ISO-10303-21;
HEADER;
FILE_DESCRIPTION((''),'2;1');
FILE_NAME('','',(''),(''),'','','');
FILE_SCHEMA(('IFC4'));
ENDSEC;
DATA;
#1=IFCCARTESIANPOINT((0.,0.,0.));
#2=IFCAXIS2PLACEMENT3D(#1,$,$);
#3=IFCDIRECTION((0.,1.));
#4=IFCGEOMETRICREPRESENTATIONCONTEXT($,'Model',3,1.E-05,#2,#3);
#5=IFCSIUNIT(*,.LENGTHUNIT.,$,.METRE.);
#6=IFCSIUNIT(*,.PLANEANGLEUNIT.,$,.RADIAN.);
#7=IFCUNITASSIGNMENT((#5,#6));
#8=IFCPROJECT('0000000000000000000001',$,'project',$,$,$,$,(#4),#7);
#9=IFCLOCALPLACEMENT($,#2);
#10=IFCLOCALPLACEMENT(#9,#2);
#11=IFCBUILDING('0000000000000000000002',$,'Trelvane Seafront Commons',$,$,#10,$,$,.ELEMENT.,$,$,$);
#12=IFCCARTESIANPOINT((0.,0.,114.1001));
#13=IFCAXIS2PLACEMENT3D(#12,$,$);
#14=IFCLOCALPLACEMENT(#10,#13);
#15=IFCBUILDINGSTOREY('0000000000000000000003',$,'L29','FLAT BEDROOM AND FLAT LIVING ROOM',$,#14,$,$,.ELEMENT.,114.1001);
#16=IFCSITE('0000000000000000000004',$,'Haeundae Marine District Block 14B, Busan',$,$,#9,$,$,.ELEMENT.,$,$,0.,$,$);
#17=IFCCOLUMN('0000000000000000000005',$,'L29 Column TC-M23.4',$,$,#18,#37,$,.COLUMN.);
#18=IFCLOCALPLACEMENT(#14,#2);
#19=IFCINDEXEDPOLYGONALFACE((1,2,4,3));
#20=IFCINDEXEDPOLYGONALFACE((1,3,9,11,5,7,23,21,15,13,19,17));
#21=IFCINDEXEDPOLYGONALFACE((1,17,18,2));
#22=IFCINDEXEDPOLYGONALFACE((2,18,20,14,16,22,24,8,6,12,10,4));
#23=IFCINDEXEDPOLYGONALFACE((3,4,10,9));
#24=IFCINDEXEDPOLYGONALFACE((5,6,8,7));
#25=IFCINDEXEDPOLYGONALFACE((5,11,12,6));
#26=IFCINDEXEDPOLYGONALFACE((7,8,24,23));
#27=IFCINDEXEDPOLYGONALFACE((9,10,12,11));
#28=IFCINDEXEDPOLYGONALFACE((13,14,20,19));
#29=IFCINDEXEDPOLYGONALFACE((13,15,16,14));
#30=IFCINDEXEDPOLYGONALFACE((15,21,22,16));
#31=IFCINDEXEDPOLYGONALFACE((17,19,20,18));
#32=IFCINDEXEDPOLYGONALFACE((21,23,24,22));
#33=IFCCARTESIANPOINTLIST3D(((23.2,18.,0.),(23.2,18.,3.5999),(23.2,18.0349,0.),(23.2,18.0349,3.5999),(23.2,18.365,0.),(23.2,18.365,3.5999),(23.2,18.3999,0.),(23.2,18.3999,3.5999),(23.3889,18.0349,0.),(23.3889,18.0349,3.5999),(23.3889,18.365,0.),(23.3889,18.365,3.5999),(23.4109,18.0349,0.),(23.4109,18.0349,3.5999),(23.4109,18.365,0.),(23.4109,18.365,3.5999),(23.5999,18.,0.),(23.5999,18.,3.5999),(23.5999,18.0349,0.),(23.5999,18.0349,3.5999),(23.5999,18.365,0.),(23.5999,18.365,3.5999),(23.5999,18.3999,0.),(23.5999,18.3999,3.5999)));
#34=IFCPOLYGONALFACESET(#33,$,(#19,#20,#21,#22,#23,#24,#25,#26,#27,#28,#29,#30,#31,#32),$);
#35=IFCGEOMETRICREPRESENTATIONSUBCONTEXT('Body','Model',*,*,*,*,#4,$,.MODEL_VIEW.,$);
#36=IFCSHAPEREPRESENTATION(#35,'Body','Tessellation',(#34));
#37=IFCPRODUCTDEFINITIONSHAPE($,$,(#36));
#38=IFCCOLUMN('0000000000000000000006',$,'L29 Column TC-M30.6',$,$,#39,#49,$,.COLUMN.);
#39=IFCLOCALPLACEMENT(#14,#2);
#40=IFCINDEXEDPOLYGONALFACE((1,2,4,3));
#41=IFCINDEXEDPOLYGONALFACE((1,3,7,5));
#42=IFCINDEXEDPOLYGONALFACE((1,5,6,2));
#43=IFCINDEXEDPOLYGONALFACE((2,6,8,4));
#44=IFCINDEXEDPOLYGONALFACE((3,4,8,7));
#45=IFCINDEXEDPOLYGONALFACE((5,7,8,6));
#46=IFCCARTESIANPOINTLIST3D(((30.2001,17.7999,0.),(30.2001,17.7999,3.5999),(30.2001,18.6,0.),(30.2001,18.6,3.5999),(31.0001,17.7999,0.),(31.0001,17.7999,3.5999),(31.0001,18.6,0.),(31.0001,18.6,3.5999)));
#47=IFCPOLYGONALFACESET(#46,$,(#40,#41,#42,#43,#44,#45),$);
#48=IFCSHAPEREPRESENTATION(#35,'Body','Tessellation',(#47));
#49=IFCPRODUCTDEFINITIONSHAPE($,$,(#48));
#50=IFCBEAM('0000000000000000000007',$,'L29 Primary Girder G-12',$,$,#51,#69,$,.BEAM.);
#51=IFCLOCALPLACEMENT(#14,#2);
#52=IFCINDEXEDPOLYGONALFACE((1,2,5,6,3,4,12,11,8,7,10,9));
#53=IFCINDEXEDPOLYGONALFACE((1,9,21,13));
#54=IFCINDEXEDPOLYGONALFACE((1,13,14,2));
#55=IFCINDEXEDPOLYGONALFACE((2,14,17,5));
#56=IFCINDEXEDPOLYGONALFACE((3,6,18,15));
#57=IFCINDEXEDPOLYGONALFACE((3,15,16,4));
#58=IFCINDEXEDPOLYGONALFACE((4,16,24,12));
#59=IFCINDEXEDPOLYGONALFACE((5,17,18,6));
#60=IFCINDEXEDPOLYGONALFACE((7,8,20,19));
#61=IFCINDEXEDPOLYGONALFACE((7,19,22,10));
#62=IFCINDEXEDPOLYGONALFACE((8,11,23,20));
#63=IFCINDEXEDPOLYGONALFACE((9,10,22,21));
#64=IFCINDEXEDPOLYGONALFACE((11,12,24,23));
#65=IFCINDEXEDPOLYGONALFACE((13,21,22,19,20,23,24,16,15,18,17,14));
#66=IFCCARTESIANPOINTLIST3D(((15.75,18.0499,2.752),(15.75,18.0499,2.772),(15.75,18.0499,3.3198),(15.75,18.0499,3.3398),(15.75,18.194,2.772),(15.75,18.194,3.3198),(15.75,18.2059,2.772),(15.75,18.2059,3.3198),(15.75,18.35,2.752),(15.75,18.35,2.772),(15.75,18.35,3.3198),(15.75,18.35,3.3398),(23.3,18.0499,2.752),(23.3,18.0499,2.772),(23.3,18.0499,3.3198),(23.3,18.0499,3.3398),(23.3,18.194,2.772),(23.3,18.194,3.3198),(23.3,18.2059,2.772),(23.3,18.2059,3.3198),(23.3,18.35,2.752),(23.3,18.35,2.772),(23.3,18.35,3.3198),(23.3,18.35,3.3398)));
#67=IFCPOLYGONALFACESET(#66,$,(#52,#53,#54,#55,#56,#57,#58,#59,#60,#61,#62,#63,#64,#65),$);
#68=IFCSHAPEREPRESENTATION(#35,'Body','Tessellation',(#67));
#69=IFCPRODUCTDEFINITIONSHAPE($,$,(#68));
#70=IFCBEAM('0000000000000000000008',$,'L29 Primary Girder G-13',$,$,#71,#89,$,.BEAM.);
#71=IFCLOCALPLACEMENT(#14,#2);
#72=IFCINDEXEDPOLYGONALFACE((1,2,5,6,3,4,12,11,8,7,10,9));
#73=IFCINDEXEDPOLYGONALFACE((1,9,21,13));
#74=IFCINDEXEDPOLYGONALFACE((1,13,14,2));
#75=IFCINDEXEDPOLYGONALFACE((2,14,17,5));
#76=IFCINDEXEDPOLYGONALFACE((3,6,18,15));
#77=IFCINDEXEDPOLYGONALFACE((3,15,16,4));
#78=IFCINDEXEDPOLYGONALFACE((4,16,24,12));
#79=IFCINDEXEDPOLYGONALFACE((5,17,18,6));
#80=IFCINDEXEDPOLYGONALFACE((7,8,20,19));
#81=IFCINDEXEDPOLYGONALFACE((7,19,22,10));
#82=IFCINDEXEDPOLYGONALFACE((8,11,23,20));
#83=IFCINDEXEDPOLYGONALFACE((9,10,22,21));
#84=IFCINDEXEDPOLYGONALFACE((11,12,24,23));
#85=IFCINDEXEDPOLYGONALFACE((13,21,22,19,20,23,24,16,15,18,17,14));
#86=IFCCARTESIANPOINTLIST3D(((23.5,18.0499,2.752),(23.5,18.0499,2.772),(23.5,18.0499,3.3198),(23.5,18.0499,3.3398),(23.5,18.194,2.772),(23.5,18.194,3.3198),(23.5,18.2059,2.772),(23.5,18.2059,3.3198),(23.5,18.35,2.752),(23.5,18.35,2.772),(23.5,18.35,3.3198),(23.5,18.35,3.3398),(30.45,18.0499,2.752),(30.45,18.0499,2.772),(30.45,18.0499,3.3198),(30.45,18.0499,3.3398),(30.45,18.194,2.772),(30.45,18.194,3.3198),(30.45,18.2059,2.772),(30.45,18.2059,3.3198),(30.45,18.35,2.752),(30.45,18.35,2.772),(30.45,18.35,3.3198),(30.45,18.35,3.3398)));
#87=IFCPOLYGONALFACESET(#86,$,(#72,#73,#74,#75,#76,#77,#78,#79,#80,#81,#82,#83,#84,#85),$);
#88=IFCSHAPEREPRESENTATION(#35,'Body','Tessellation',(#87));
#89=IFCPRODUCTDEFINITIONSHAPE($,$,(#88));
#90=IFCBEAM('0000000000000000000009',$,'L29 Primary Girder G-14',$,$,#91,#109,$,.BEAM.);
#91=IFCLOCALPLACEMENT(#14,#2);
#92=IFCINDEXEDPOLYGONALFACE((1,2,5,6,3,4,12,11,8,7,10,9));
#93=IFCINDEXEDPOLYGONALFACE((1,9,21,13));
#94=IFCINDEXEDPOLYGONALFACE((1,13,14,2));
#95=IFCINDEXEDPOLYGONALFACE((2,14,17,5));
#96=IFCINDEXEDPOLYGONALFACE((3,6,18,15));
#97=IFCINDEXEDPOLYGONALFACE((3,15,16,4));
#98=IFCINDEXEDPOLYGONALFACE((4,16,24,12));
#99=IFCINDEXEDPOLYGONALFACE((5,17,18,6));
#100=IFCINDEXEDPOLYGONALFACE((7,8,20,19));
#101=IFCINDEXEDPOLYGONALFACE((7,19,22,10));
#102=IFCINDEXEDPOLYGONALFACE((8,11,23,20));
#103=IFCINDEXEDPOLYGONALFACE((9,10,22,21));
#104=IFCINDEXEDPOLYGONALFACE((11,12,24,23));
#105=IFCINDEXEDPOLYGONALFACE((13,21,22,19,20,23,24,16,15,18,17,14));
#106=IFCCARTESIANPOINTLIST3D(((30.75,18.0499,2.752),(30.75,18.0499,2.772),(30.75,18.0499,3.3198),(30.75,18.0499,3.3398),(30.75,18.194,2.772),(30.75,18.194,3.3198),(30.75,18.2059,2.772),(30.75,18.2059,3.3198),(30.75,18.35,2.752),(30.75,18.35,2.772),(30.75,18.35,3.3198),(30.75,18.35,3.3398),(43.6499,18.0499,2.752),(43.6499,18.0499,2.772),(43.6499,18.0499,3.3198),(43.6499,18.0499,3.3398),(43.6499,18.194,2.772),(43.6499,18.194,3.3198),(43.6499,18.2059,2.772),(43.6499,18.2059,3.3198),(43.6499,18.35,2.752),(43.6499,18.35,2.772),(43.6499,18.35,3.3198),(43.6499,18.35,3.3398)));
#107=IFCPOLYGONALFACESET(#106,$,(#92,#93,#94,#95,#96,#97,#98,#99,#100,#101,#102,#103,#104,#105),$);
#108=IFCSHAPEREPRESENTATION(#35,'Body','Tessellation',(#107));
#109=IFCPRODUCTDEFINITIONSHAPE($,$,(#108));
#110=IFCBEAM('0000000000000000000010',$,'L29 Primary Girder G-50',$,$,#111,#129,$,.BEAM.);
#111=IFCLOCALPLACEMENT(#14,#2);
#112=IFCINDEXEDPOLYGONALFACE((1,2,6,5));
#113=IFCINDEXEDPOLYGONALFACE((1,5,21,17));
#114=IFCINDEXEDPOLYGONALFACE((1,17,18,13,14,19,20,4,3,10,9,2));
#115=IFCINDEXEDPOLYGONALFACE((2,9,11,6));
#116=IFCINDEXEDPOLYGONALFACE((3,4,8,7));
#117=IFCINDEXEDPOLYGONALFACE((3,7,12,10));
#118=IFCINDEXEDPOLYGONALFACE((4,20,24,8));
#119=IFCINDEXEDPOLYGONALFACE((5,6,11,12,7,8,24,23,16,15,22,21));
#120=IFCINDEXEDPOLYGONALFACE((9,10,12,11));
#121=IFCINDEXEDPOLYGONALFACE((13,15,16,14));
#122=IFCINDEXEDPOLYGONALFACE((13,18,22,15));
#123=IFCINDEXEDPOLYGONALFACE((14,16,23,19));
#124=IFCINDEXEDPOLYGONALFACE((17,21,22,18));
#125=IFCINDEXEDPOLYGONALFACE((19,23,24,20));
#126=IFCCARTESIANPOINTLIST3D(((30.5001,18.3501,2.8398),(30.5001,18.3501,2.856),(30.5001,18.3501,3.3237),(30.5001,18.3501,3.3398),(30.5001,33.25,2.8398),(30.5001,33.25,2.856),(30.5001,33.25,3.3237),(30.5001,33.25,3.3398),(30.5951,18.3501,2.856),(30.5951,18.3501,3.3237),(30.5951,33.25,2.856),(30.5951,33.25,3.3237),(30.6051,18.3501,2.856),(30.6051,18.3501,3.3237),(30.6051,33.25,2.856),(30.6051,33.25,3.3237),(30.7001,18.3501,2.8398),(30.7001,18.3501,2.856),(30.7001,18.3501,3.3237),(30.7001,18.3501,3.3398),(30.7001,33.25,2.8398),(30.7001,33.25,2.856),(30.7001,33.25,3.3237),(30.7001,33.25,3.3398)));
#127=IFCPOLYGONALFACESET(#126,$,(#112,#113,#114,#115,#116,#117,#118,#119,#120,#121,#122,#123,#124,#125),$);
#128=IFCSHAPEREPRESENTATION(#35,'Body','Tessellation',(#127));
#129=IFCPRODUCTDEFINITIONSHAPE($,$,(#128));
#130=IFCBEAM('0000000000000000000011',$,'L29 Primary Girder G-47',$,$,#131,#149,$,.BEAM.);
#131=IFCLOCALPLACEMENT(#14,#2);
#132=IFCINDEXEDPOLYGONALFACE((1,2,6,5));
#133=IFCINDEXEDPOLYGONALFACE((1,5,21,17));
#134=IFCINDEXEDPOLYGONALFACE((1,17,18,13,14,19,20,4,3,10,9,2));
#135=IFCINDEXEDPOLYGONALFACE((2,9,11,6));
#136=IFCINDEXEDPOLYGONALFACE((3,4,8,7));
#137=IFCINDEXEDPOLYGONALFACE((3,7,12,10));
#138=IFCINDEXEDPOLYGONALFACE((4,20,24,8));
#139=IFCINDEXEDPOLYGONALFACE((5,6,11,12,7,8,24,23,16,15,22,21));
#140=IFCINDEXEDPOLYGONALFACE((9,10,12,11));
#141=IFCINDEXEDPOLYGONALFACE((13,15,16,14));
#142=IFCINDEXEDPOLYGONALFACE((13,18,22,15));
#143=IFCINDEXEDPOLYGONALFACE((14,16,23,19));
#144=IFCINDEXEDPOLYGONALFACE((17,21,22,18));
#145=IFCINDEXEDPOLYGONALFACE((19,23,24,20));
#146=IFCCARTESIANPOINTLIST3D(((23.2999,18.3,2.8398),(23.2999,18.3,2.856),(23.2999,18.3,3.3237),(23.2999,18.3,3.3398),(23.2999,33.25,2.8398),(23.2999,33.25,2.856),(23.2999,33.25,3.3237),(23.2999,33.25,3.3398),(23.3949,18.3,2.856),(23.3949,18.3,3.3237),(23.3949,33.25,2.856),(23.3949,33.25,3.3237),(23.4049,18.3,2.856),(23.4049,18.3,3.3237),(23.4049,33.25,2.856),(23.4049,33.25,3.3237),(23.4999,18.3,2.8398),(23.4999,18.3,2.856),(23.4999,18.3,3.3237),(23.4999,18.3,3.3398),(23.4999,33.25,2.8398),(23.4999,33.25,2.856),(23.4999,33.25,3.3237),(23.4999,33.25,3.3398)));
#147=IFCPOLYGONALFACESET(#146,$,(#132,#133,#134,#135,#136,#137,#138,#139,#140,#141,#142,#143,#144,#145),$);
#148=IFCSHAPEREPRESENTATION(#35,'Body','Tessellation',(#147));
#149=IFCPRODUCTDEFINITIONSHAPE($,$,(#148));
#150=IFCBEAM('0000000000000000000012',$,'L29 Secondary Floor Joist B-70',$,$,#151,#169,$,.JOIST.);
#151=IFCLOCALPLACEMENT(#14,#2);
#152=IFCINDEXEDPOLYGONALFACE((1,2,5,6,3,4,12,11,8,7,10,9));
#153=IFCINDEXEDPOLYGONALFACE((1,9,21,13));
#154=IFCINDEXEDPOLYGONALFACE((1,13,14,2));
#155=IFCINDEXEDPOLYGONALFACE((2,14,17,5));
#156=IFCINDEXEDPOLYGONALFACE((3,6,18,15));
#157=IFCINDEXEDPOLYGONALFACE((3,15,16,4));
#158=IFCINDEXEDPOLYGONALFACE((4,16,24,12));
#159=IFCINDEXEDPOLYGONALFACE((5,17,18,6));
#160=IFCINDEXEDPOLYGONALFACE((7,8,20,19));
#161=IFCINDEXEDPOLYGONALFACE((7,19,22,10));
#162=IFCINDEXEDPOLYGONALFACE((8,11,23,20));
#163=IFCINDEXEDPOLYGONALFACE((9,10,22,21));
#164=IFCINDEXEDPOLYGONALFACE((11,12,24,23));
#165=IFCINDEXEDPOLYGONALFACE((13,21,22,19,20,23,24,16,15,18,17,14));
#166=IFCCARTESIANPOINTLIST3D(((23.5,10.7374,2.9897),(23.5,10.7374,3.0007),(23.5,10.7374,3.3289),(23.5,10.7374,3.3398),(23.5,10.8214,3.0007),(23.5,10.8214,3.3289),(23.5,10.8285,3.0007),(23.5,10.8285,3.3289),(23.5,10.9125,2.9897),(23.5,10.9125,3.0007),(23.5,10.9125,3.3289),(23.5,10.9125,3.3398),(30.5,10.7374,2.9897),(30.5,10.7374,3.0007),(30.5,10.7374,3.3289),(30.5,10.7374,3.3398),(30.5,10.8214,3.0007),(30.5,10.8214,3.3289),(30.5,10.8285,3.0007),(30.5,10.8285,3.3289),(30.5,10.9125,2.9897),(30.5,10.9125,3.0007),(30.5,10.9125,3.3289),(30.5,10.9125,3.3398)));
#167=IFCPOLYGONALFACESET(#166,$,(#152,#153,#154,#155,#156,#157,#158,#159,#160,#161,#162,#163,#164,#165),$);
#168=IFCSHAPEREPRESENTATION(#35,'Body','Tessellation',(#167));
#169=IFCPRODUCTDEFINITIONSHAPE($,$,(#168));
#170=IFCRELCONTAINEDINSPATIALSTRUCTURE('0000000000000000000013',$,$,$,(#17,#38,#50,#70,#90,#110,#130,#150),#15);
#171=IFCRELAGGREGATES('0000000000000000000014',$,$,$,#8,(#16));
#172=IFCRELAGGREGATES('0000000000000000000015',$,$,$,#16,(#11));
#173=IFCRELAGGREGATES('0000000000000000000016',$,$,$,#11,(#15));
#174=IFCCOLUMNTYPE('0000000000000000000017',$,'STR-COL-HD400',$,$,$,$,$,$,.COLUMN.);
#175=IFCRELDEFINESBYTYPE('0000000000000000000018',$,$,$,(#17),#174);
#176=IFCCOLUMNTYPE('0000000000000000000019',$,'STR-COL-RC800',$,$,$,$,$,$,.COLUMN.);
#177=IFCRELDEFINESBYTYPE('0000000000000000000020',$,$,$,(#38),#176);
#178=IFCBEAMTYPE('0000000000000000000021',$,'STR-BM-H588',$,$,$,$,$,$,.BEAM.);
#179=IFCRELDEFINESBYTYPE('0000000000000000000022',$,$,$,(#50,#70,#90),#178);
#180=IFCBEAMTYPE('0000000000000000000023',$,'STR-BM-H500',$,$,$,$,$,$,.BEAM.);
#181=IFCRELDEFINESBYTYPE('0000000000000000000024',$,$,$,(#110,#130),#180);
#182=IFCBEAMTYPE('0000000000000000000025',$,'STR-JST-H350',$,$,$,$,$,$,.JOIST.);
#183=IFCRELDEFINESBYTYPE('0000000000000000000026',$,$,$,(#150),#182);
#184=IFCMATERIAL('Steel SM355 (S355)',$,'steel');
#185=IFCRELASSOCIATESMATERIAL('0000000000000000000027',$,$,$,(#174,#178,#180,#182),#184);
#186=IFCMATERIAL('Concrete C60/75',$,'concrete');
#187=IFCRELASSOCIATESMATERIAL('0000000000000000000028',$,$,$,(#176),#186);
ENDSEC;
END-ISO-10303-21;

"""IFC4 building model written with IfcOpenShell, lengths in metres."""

from ifc_helpers import new_model, si_unit, direction, frame, origin, origin_2d, place, context, subcontext, project, spatial, rectangle, i_section, extrude, source, transform, mapped, material, material_profile, profile_set, type_object, element, save


model = new_model("IFC4")

# Units and contexts
model_context = context("Model", 3, precision=1e-05, world=origin(), true_north=direction((0.0, 1.0)))
body_context = subcontext(model_context, "Body", "Model", "MODEL_VIEW")
ifc_project = project(units=[si_unit("LENGTHUNIT", "METRE"), si_unit("PLANEANGLEUNIT", "RADIAN")], contexts=[model_context])

# Site, building, storey
site_placement = place(None, origin())
site = spatial("IfcSite", under=ifc_project, at=site_placement, Name="Haeundae Marine District Block 14B, Busan", CompositionType="ELEMENT", RefElevation=0.0)
building_placement = place(site_placement, origin())
building = spatial("IfcBuilding", under=site, at=building_placement, Name="Trelvane Seafront Commons", CompositionType="ELEMENT")
storey_placement = place(building_placement, frame((0.0, 0.0, 114.1001)))
storey = spatial("IfcBuildingStorey", under=building, at=storey_placement, Name="L29", Description="FLAT BEDROOM AND FLAT LIVING ROOM", CompositionType="ELEMENT", Elevation=114.1001)

# Columns
ifc_material_1 = material(Name="Steel SM355 (S355)", Category="steel")
ifc_material_profile_1 = material_profile(ifc_material_1, i_section(OverallWidth=0.3999, OverallDepth=0.3999, WebThickness=0.022, FlangeThickness=0.0349, at=origin_2d()), Name="HD-400x400x22x35")
ifc_profile_set_1 = profile_set([ifc_material_profile_1], Name="Steel SM355 (S355)")
column_type_1 = type_object("IfcColumnType", Name="STR-COL-HD400", PredefinedType="COLUMN", material=ifc_profile_set_1)
shared_shape_1 = source(origin(), body_context, "Body", "SweptSolid", [
    extrude(i_section(OverallWidth=0.3999, OverallDepth=0.3999, WebThickness=0.022, FlangeThickness=0.0349, at=origin_2d()), origin(), (0.0, 0.0, 1.0), 3.5999),
])
column_1_placement = place(storey_placement, frame((23.3999, 18.2, 0.0), z_axis=(0.0, 0.0, 1.0), x_axis=(1.0, 0.0, 0.0)))
element("IfcColumn", 1, at=column_1_placement, inside=storey, type_object=column_type_1, Name="L29 Column TC-M23.4", PredefinedType="COLUMN", context=body_context, shape_type="MappedRepresentation", body=[
    mapped(shared_shape_1, transform((0.0, 0.0, 0.0), x_axis=(1.0, 0.0, 0.0), y_axis=(0.0, 1.0, 0.0), z_axis=(0.0, 0.0, 1.0), scale=1.0)),
])
ifc_material_2 = material(Name="Concrete C60/75", Category="concrete")
ifc_material_profile_2 = material_profile(ifc_material_2, rectangle(XDim=0.8, YDim=0.8, at=origin_2d()), Name="RC-800x800")
ifc_profile_set_2 = profile_set([ifc_material_profile_2], Name="Concrete C60/75")
column_type_2 = type_object("IfcColumnType", Name="STR-COL-RC800", PredefinedType="COLUMN", material=ifc_profile_set_2)
shared_shape_2 = source(origin(), body_context, "Body", "SweptSolid", [
    extrude(rectangle(XDim=0.8, YDim=0.8, at=origin_2d()), origin(), (0.0, 0.0, 1.0), 3.5999),
])
column_2_placement = place(storey_placement, frame((30.6001, 18.2, 0.0), z_axis=(0.0, 0.0, 1.0), x_axis=(1.0, 0.0, 0.0)))
element("IfcColumn", 2, at=column_2_placement, inside=storey, type_object=column_type_2, Name="L29 Column TC-M30.6", PredefinedType="COLUMN", context=body_context, shape_type="MappedRepresentation", body=[
    mapped(shared_shape_2, transform((0.0, 0.0, 0.0), x_axis=(1.0, 0.0, 0.0), y_axis=(0.0, 1.0, 0.0), z_axis=(0.0, 0.0, 1.0), scale=1.0)),
])

# Beams
ifc_material_profile_3 = material_profile(ifc_material_1, i_section(OverallWidth=0.3, OverallDepth=0.5879, WebThickness=0.012, FlangeThickness=0.02, at=origin_2d()), Name="H-588x300x12x20")
ifc_profile_set_3 = profile_set([ifc_material_profile_3], Name="Steel SM355 (S355)")
beam_type_1 = type_object("IfcBeamType", Name="STR-BM-H588", PredefinedType="BEAM", material=ifc_profile_set_3)
shared_shape_3 = source(origin(), body_context, "Body", "SweptSolid", [
    extrude(i_section(OverallWidth=0.3, OverallDepth=0.5879, WebThickness=0.012, FlangeThickness=0.02, at=origin_2d()), origin(), (0.0, 0.0, 1.0), 7.55),
])
beam_1_placement = place(storey_placement, frame((15.75, 18.2, 3.0459), z_axis=(1.0, 0.0, 0.0), x_axis=(0.0, 1.0, 0.0)))
element("IfcBeam", 3, at=beam_1_placement, inside=storey, type_object=beam_type_1, Name="L29 Primary Girder G-12", PredefinedType="BEAM", context=body_context, shape_type="MappedRepresentation", body=[
    mapped(shared_shape_3, transform((0.0, 0.0, 0.0), x_axis=(1.0, 0.0, 0.0), y_axis=(0.0, 1.0, 0.0), z_axis=(0.0, 0.0, 1.0), scale=1.0)),
])
shared_shape_4 = source(origin(), body_context, "Body", "SweptSolid", [
    extrude(i_section(OverallWidth=0.3, OverallDepth=0.5879, WebThickness=0.012, FlangeThickness=0.02, at=origin_2d()), origin(), (0.0, 0.0, 1.0), 6.95),
])
beam_2_placement = place(storey_placement, frame((23.5, 18.2, 3.0459), z_axis=(1.0, 0.0, 0.0), x_axis=(0.0, 1.0, 0.0)))
element("IfcBeam", 4, at=beam_2_placement, inside=storey, type_object=beam_type_1, Name="L29 Primary Girder G-13", PredefinedType="BEAM", context=body_context, shape_type="MappedRepresentation", body=[
    mapped(shared_shape_4, transform((0.0, 0.0, 0.0), x_axis=(1.0, 0.0, 0.0), y_axis=(0.0, 1.0, 0.0), z_axis=(0.0, 0.0, 1.0), scale=1.0)),
])
shared_shape_5 = source(origin(), body_context, "Body", "SweptSolid", [
    extrude(i_section(OverallWidth=0.3, OverallDepth=0.5879, WebThickness=0.012, FlangeThickness=0.02, at=origin_2d()), origin(), (0.0, 0.0, 1.0), 12.8999),
])
beam_3_placement = place(storey_placement, frame((30.75, 18.2, 3.0459), z_axis=(1.0, 0.0, 0.0), x_axis=(0.0, 1.0, 0.0)))
element("IfcBeam", 5, at=beam_3_placement, inside=storey, type_object=beam_type_1, Name="L29 Primary Girder G-14", PredefinedType="BEAM", context=body_context, shape_type="MappedRepresentation", body=[
    mapped(shared_shape_5, transform((0.0, 0.0, 0.0), x_axis=(1.0, 0.0, 0.0), y_axis=(0.0, 1.0, 0.0), z_axis=(0.0, 0.0, 1.0), scale=1.0)),
])
ifc_material_profile_4 = material_profile(ifc_material_1, i_section(OverallWidth=0.2, OverallDepth=0.5, WebThickness=0.01, FlangeThickness=0.0161, at=origin_2d()), Name="H-500x200x10x16")
ifc_profile_set_4 = profile_set([ifc_material_profile_4], Name="Steel SM355 (S355)")
beam_type_2 = type_object("IfcBeamType", Name="STR-BM-H500", PredefinedType="BEAM", material=ifc_profile_set_4)
shared_shape_6 = source(origin(), body_context, "Body", "SweptSolid", [
    extrude(i_section(OverallWidth=0.2, OverallDepth=0.5, WebThickness=0.01, FlangeThickness=0.0161, at=origin_2d()), origin(), (0.0, 0.0, 1.0), 14.8999),
])
beam_4_placement = place(storey_placement, frame((30.6001, 18.3501, 3.0898), z_axis=(0.0, 1.0, 0.0), x_axis=(-1.0, 0.0, 0.0)))
element("IfcBeam", 6, at=beam_4_placement, inside=storey, type_object=beam_type_2, Name="L29 Primary Girder G-50", PredefinedType="BEAM", context=body_context, shape_type="MappedRepresentation", body=[
    mapped(shared_shape_6, transform((0.0, 0.0, 0.0), x_axis=(1.0, 0.0, 0.0), y_axis=(0.0, 1.0, 0.0), z_axis=(0.0, 0.0, 1.0), scale=1.0)),
])
shared_shape_7 = source(origin(), body_context, "Body", "SweptSolid", [
    extrude(i_section(OverallWidth=0.2, OverallDepth=0.5, WebThickness=0.01, FlangeThickness=0.0161, at=origin_2d()), origin(), (0.0, 0.0, 1.0), 14.95),
])
beam_5_placement = place(storey_placement, frame((23.3999, 18.3, 3.0898), z_axis=(0.0, 1.0, 0.0), x_axis=(-1.0, 0.0, 0.0)))
element("IfcBeam", 7, at=beam_5_placement, inside=storey, type_object=beam_type_2, Name="L29 Primary Girder G-47", PredefinedType="BEAM", context=body_context, shape_type="MappedRepresentation", body=[
    mapped(shared_shape_7, transform((0.0, 0.0, 0.0), x_axis=(1.0, 0.0, 0.0), y_axis=(0.0, 1.0, 0.0), z_axis=(0.0, 0.0, 1.0), scale=1.0)),
])
ifc_material_profile_5 = material_profile(ifc_material_1, i_section(OverallWidth=0.175, OverallDepth=0.3501, WebThickness=0.0071, FlangeThickness=0.011, at=origin_2d()), Name="H-350x175x7x11")
ifc_profile_set_5 = profile_set([ifc_material_profile_5], Name="Steel SM355 (S355)")
beam_type_3 = type_object("IfcBeamType", Name="STR-JST-H350", PredefinedType="JOIST", material=ifc_profile_set_5)
shared_shape_8 = source(origin(), body_context, "Body", "SweptSolid", [
    extrude(i_section(OverallWidth=0.175, OverallDepth=0.3501, WebThickness=0.0071, FlangeThickness=0.011, at=origin_2d()), origin(), (0.0, 0.0, 1.0), 7.0),
])
beam_6_placement = place(storey_placement, frame((23.5, 10.825, 3.1648), z_axis=(1.0, 0.0, 0.0), x_axis=(0.0, 1.0, 0.0)))
element("IfcBeam", 8, at=beam_6_placement, inside=storey, type_object=beam_type_3, Name="L29 Secondary Floor Joist B-70", PredefinedType="JOIST", context=body_context, shape_type="MappedRepresentation", body=[
    mapped(shared_shape_8, transform((0.0, 0.0, 0.0), x_axis=(1.0, 0.0, 0.0), y_axis=(0.0, 1.0, 0.0), z_axis=(0.0, 0.0, 1.0), scale=1.0)),
])

save(model, "model.ifc")
